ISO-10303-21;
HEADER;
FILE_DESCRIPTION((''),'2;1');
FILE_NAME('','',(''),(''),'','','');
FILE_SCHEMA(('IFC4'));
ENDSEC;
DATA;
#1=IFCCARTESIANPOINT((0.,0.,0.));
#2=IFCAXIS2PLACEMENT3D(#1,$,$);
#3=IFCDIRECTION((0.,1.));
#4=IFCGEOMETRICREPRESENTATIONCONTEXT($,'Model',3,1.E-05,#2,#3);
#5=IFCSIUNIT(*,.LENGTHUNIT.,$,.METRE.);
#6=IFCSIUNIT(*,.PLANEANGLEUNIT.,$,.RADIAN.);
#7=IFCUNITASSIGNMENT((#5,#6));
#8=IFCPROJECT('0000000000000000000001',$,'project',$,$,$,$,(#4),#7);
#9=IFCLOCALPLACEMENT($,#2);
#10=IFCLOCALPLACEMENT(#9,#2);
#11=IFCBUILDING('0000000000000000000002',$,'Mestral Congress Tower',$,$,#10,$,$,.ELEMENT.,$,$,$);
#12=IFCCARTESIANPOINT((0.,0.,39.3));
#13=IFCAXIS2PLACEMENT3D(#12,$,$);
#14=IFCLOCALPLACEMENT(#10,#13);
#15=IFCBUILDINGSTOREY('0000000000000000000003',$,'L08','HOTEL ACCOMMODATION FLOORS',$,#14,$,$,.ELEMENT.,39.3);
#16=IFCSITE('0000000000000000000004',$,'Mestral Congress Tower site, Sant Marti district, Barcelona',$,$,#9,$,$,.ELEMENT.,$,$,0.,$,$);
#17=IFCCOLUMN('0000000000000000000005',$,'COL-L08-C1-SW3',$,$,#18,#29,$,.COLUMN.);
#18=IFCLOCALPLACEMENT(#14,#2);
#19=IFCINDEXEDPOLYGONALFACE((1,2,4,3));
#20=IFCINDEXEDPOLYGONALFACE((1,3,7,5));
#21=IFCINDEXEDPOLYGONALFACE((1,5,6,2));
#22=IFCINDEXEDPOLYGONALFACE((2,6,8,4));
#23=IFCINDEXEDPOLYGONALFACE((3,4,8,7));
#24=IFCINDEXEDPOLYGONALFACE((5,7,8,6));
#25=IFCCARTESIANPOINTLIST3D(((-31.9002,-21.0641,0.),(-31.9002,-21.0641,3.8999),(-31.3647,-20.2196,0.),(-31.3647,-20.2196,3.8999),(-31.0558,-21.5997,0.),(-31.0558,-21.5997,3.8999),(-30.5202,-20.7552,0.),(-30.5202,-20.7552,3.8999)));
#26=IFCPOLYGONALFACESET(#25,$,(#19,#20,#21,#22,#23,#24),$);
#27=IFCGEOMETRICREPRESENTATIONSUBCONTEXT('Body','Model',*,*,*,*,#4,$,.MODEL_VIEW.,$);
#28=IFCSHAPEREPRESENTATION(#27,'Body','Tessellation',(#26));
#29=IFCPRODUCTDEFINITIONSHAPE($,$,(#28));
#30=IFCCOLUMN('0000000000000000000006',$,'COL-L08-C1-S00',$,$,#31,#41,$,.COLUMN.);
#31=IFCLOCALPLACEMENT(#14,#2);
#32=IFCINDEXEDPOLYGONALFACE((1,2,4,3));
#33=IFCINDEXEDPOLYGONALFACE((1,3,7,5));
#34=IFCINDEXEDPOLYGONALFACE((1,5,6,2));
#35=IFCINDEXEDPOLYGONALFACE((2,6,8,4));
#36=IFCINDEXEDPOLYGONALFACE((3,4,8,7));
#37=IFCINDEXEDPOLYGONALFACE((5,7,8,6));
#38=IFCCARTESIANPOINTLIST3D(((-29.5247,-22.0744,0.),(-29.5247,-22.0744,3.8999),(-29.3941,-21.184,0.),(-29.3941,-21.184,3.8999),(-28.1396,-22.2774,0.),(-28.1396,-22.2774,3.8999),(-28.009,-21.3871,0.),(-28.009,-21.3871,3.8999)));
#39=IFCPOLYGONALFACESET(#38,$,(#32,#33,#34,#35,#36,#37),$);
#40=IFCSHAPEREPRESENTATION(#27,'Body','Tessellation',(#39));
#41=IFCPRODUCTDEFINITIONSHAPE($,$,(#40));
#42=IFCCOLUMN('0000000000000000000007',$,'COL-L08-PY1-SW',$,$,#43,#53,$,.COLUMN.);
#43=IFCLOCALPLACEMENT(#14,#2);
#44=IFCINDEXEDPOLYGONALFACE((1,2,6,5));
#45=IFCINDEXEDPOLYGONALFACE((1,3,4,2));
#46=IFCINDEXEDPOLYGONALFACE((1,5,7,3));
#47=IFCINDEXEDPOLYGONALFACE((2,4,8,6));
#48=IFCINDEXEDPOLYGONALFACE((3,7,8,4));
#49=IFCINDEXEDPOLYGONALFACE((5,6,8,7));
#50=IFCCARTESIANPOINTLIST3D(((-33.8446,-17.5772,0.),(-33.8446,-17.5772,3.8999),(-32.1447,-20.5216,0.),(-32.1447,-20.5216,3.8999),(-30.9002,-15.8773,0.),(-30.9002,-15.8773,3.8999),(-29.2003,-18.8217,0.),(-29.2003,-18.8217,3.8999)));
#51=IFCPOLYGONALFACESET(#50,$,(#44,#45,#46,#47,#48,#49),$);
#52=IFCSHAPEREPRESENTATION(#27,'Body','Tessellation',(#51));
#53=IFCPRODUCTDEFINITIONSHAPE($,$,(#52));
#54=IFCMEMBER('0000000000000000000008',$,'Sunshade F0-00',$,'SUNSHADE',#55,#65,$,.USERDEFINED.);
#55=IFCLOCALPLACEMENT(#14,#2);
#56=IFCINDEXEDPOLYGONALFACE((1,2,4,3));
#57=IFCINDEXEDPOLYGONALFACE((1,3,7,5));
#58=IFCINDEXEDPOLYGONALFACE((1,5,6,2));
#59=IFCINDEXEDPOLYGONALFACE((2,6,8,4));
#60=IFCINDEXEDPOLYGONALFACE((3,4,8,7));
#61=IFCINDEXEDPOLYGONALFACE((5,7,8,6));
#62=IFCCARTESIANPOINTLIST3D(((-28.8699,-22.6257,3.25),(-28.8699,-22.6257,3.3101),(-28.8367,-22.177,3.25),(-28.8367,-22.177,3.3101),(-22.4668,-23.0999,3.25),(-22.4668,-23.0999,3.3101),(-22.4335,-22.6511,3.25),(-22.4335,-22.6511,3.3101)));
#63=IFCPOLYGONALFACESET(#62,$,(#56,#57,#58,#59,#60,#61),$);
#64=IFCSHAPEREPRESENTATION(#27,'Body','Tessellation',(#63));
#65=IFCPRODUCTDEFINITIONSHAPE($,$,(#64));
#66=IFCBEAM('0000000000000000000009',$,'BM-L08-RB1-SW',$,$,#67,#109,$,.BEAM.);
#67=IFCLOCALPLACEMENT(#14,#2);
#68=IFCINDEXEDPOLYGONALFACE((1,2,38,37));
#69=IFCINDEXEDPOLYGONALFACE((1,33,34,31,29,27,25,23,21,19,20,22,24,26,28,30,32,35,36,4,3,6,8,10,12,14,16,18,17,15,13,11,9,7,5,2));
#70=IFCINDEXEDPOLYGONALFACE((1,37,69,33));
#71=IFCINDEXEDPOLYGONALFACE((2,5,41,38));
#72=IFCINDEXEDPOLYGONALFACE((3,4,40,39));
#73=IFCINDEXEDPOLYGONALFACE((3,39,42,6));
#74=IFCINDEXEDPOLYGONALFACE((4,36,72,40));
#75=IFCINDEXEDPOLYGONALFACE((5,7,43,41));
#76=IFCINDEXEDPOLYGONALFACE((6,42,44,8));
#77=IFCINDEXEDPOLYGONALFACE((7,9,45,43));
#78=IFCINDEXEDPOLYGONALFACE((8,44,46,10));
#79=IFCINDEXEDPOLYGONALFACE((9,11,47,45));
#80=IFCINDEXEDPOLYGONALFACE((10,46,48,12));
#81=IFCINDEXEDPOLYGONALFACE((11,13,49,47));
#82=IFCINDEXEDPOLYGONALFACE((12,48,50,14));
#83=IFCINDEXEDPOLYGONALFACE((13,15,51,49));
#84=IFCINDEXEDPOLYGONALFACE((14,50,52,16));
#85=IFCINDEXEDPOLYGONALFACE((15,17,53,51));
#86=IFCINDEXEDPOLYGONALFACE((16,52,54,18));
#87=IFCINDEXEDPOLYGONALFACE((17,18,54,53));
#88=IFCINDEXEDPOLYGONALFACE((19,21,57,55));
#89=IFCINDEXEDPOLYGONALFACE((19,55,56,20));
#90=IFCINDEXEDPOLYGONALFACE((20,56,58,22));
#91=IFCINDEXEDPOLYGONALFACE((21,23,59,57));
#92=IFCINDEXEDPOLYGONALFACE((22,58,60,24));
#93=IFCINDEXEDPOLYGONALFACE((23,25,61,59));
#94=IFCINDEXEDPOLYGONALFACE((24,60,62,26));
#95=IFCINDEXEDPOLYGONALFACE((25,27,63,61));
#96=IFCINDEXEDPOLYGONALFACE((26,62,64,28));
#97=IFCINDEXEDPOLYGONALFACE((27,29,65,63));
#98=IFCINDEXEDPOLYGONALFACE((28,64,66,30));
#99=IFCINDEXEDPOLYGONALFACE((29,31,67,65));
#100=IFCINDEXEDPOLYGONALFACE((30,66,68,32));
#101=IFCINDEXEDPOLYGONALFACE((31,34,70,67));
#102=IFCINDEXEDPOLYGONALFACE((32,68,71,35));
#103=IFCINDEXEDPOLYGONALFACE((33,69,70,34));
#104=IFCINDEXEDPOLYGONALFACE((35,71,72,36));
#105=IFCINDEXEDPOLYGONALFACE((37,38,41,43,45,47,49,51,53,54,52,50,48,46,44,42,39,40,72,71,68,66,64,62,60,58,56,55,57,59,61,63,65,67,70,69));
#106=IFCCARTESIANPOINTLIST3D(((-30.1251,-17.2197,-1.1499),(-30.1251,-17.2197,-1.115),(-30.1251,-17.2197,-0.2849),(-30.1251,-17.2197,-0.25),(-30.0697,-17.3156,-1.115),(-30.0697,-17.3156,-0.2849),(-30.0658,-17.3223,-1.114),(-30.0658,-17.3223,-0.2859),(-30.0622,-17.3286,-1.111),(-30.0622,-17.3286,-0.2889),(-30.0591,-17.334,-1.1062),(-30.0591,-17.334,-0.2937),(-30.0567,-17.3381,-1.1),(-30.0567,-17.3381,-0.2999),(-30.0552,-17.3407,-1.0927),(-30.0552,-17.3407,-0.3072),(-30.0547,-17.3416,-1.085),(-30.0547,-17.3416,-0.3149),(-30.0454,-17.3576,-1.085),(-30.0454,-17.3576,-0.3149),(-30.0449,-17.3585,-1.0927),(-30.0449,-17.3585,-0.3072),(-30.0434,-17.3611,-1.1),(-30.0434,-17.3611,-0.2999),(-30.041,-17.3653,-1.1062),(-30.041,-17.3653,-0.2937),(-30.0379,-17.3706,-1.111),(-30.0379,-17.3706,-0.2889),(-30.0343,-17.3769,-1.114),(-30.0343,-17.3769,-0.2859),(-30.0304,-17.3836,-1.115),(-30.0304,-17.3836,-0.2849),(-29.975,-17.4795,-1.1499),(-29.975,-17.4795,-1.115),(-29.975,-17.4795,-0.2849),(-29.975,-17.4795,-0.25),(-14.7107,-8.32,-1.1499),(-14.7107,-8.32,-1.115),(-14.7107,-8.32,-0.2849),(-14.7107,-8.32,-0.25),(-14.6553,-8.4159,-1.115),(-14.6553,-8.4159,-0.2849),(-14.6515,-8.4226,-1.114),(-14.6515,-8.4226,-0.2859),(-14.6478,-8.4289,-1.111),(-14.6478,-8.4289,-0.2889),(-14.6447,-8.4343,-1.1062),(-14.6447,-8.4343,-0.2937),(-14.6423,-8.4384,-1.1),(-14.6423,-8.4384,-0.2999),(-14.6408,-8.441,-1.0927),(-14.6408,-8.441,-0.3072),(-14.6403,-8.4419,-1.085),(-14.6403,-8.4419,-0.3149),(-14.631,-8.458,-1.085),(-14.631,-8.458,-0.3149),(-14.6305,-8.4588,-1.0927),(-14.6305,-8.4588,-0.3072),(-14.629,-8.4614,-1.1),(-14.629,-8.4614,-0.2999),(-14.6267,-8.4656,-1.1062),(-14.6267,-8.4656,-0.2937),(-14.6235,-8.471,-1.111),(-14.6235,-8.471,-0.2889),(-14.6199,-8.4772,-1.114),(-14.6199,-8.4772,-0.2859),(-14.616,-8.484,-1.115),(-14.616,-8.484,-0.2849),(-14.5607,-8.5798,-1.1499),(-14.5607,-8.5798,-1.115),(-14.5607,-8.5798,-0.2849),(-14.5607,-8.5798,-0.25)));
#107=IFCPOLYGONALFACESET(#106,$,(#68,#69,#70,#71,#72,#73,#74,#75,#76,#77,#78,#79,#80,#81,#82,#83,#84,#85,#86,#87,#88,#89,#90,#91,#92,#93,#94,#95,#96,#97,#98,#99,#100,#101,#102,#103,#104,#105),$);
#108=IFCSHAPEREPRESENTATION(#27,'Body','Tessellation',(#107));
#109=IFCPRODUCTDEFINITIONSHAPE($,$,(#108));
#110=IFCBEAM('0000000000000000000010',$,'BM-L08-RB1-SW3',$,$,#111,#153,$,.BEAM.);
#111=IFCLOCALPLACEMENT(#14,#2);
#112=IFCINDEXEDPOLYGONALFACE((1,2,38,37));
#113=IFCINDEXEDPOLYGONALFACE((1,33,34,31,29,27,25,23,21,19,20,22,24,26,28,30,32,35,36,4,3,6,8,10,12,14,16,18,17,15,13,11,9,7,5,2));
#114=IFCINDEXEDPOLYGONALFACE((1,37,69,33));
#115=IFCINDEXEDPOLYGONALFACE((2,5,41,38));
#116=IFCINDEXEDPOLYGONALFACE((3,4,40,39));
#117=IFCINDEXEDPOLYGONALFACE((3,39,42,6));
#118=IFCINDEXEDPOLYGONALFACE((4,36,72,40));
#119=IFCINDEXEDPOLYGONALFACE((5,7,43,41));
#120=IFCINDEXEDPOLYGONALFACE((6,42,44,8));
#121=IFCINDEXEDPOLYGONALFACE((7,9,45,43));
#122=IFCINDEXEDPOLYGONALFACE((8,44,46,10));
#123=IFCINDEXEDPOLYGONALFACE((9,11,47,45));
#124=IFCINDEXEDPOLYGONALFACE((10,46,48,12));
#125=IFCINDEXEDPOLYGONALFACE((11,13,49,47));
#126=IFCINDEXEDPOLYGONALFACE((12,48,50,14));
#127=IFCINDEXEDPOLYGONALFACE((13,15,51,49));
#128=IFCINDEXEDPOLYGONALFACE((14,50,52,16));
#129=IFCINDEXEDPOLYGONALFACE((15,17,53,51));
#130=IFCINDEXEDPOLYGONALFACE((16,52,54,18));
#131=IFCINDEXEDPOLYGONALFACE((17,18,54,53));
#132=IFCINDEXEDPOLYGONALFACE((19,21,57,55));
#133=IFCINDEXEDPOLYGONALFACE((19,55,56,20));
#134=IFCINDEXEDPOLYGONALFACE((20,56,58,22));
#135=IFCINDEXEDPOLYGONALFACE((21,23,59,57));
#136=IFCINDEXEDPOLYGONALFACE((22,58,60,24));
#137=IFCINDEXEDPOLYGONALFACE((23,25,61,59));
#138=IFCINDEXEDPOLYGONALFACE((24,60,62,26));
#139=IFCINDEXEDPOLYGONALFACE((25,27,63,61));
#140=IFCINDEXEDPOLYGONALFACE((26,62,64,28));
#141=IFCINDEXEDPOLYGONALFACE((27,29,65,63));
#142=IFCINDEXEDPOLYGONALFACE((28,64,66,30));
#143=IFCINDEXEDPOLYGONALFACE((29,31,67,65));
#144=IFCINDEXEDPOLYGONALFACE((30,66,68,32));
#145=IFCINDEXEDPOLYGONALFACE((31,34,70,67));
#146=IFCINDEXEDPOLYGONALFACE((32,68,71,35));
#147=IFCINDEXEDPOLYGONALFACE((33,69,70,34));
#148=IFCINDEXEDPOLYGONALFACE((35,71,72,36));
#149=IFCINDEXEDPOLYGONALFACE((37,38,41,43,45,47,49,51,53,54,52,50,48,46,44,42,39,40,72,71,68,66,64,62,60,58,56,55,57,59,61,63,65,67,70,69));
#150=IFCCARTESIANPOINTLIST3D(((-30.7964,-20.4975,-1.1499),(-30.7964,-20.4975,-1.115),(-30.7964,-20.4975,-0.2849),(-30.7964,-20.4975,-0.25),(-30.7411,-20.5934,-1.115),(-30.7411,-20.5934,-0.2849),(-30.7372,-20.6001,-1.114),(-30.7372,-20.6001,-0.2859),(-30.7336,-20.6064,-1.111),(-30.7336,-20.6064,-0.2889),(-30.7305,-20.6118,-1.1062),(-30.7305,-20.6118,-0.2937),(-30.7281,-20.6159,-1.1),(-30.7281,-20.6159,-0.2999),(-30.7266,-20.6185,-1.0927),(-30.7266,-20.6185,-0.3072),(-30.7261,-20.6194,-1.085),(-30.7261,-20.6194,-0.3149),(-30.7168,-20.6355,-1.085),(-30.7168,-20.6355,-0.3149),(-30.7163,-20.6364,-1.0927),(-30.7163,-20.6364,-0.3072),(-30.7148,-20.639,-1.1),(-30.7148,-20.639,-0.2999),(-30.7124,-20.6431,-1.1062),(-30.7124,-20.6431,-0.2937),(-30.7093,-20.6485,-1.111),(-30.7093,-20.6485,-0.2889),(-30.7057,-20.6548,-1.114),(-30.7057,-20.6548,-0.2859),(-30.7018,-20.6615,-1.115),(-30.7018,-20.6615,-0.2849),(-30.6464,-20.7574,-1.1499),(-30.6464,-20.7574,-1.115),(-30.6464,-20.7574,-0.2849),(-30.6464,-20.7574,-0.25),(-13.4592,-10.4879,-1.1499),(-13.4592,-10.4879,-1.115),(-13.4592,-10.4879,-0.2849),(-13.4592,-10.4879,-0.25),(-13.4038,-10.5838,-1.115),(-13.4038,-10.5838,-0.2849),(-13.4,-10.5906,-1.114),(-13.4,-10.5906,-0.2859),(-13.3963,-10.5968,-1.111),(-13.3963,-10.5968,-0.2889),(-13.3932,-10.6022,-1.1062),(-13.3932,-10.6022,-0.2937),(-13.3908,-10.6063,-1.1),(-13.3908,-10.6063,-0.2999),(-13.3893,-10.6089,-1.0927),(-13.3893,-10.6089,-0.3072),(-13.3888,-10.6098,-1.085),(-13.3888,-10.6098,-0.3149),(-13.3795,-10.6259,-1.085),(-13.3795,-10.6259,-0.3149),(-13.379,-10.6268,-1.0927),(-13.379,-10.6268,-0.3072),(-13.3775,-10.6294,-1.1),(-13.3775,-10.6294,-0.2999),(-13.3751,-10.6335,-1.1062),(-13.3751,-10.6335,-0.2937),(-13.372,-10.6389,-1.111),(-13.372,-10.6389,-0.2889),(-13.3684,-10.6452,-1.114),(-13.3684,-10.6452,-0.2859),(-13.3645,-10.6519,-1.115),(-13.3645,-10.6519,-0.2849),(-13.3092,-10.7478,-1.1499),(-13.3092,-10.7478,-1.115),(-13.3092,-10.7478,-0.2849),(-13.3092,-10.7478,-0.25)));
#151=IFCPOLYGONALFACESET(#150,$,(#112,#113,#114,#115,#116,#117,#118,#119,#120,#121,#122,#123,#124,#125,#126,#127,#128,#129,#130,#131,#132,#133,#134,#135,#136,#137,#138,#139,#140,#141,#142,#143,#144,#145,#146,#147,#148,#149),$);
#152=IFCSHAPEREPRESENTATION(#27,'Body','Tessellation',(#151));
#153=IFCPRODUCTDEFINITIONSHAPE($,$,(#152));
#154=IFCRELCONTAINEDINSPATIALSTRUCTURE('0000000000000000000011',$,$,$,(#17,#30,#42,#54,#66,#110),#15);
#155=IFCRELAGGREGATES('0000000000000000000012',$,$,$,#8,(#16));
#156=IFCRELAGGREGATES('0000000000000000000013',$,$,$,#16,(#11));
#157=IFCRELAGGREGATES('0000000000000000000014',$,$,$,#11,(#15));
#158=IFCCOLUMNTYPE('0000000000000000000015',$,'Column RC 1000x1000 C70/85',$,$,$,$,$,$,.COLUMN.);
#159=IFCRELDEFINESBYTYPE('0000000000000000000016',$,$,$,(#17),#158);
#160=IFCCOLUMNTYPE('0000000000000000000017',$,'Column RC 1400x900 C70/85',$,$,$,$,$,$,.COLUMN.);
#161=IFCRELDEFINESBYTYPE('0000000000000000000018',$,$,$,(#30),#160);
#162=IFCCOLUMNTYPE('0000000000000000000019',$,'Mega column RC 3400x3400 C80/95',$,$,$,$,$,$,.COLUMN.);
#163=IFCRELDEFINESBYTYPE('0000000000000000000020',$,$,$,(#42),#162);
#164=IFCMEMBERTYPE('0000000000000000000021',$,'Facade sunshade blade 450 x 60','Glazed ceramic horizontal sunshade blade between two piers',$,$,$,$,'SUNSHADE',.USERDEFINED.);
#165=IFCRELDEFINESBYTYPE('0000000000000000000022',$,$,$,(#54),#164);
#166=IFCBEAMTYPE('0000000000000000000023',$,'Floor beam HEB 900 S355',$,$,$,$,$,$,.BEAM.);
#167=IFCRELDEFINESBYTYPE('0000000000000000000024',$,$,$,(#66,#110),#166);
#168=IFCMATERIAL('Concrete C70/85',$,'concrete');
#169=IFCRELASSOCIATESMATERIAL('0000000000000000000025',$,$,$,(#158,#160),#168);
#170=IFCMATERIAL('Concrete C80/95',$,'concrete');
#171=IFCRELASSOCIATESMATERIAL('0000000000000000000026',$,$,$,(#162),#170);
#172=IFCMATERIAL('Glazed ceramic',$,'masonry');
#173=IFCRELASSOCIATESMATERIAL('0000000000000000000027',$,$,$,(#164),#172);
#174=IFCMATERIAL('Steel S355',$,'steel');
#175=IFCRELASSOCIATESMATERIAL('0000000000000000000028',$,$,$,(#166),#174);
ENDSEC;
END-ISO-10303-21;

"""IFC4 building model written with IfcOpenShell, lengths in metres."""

from ifc_helpers import new_model, si_unit, direction, frame, origin, origin_2d, place, context, subcontext, project, spatial, rectangle, i_section, extrude, material, material_profile, profile_set, type_object, element, save


model = new_model("IFC4")

# Units and contexts
model_context = context("Model", 3, precision=1e-05, world=origin(), true_north=direction((0.0, 1.0)))
body_context = subcontext(model_context, "Body", "Model", "MODEL_VIEW")
ifc_project = project(units=[si_unit("LENGTHUNIT", "METRE"), si_unit("PLANEANGLEUNIT", "RADIAN")], contexts=[model_context])

# Site, building, storey
site_placement = place(None, origin())
site = spatial("IfcSite", under=ifc_project, at=site_placement, Name="Mestral Congress Tower site, Sant Marti district, Barcelona", CompositionType="ELEMENT", RefElevation=0.0)
building_placement = place(site_placement, origin())
building = spatial("IfcBuilding", under=site, at=building_placement, Name="Mestral Congress Tower", CompositionType="ELEMENT")
storey_placement = place(building_placement, frame((0.0, 0.0, 39.3)))
storey = spatial("IfcBuildingStorey", under=building, at=storey_placement, Name="L08", Description="HOTEL ACCOMMODATION FLOORS", CompositionType="ELEMENT", Elevation=39.3)

# Columns
ifc_material_1 = material(Name="Concrete C70/85", Category="concrete")
ifc_material_profile_1 = material_profile(ifc_material_1, rectangle(XDim=1.0, YDim=1.0, at=origin_2d()), Name="RC 1000x1000")
ifc_profile_set_1 = profile_set([ifc_material_profile_1], Name="Concrete C70/85")
column_type_1 = type_object("IfcColumnType", Name="Column RC 1000x1000 C70/85", PredefinedType="COLUMN", material=ifc_profile_set_1)
column_1_placement = place(storey_placement, frame((-31.2102, -20.9097, 0.0), z_axis=(0.0, 0.0, 1.0), x_axis=(0.844485, -0.535579, 0.0)))
element("IfcColumn", 1, at=column_1_placement, inside=storey, type_object=column_type_1, Name="COL-L08-C1-SW3", PredefinedType="COLUMN", context=body_context, shape_type="SweptSolid", body=[
    extrude(rectangle(XDim=1.0, YDim=1.0, at=origin_2d()), origin(), (0.0, 0.0, 1.0), 3.8999),
])
ifc_material_profile_2 = material_profile(ifc_material_1, rectangle(XDim=1.3999, YDim=0.8999, at=origin_2d()), Name="RC 1400x900")
ifc_profile_set_2 = profile_set([ifc_material_profile_2], Name="Concrete C70/85")
column_type_2 = type_object("IfcColumnType", Name="Column RC 1400x900 C70/85", PredefinedType="COLUMN", material=ifc_profile_set_2)
column_2_placement = place(storey_placement, frame((-28.7668, -21.7307, 0.0), z_axis=(0.0, 0.0, 1.0), x_axis=(0.989424, -0.145056, 0.0)))
element("IfcColumn", 2, at=column_2_placement, inside=storey, type_object=column_type_2, Name="COL-L08-C1-S00", PredefinedType="COLUMN", context=body_context, shape_type="SweptSolid", body=[
    extrude(rectangle(XDim=1.3999, YDim=0.8999, at=origin_2d()), origin(), (0.0, 0.0, 1.0), 3.8999),
])
ifc_material_2 = material(Name="Concrete C80/95", Category="concrete")
ifc_material_profile_3 = material_profile(ifc_material_2, rectangle(XDim=3.3999, YDim=3.3999, at=origin_2d()), Name="RC 3400x3400")
ifc_profile_set_3 = profile_set([ifc_material_profile_3], Name="Concrete C80/95")
column_type_3 = type_object("IfcColumnType", Name="Mega column RC 3400x3400 C80/95", PredefinedType="COLUMN", material=ifc_profile_set_3)
column_3_placement = place(storey_placement, frame((-31.5225, -18.1995, 0.0), z_axis=(0.0, 0.0, 1.0), x_axis=(-0.866025, -0.5, 0.0)))
element("IfcColumn", 3, at=column_3_placement, inside=storey, type_object=column_type_3, Name="COL-L08-PY1-SW", PredefinedType="COLUMN", context=body_context, shape_type="SweptSolid", body=[
    extrude(rectangle(XDim=3.3999, YDim=3.3999, at=origin_2d()), origin(), (0.0, 0.0, 1.0), 3.8999),
])

# Member
ifc_material_3 = material(Name="Glazed ceramic", Category="masonry")
ifc_material_profile_4 = material_profile(ifc_material_3, rectangle(XDim=0.45, YDim=0.0601, at=origin_2d()), Name="Ceramic blade 450 x 60")
ifc_profile_set_4 = profile_set([ifc_material_profile_4], Name="Glazed ceramic")
member_type = type_object("IfcMemberType", Name="Facade sunshade blade 450 x 60", Description="Glazed ceramic horizontal sunshade blade between two piers", ElementType="SUNSHADE", PredefinedType="USERDEFINED", material=ifc_profile_set_4)
member_placement = place(storey_placement, frame((-28.8533, -22.4014, 3.28), z_axis=(0.99727, -0.073844, 0.0), x_axis=(0.073844, 0.99727, 0.0)))
element("IfcMember", 4, at=member_placement, inside=storey, type_object=member_type, Name="Sunshade F0-00", ObjectType="SUNSHADE", PredefinedType="USERDEFINED", context=body_context, shape_type="SweptSolid", body=[
    extrude(rectangle(XDim=0.45, YDim=0.0601, at=origin_2d()), origin(), (0.0, 0.0, 1.0), 6.4207),
])

# Beams
ifc_material_4 = material(Name="Steel S355", Category="steel")
ifc_material_profile_5 = material_profile(ifc_material_4, i_section(OverallWidth=0.3, OverallDepth=0.8999, WebThickness=0.0186, FlangeThickness=0.0349, FilletRadius=0.03, at=origin_2d()), Name="HEB 900")
ifc_profile_set_5 = profile_set([ifc_material_profile_5], Name="Steel S355")
beam_type_1 = type_object("IfcBeamType", Name="Floor beam HEB 900 S355", PredefinedType="BEAM", material=ifc_profile_set_5)
beam_1_placement = place(storey_placement, frame((-30.05, -17.3496, -0.7), z_axis=(0.86602, 0.500009, 0.0), x_axis=(-0.500009, 0.86602, 0.0)))
element("IfcBeam", 5, at=beam_1_placement, inside=storey, type_object=beam_type_1, Name="BM-L08-RB1-SW", PredefinedType="BEAM", context=body_context, shape_type="SweptSolid", body=[
    extrude(i_section(OverallWidth=0.3, OverallDepth=0.8999, WebThickness=0.0186, FlangeThickness=0.0349, FilletRadius=0.03, at=origin_2d()), origin(), (0.0, 0.0, 1.0), 17.7991),
])
beam_2_placement = place(storey_placement, frame((-30.7214, -20.6274, -0.7), z_axis=(0.866027, 0.499997, 0.0), x_axis=(-0.499997, 0.866027, 0.0)))
element("IfcBeam", 6, at=beam_2_placement, inside=storey, type_object=beam_type_1, Name="BM-L08-RB1-SW3", PredefinedType="BEAM", context=body_context, shape_type="SweptSolid", body=[
    extrude(i_section(OverallWidth=0.3, OverallDepth=0.8999, WebThickness=0.0186, FlangeThickness=0.0349, FilletRadius=0.03, at=origin_2d()), origin(), (0.0, 0.0, 1.0), 20.0193),
])

save(model, "model.ifc")
